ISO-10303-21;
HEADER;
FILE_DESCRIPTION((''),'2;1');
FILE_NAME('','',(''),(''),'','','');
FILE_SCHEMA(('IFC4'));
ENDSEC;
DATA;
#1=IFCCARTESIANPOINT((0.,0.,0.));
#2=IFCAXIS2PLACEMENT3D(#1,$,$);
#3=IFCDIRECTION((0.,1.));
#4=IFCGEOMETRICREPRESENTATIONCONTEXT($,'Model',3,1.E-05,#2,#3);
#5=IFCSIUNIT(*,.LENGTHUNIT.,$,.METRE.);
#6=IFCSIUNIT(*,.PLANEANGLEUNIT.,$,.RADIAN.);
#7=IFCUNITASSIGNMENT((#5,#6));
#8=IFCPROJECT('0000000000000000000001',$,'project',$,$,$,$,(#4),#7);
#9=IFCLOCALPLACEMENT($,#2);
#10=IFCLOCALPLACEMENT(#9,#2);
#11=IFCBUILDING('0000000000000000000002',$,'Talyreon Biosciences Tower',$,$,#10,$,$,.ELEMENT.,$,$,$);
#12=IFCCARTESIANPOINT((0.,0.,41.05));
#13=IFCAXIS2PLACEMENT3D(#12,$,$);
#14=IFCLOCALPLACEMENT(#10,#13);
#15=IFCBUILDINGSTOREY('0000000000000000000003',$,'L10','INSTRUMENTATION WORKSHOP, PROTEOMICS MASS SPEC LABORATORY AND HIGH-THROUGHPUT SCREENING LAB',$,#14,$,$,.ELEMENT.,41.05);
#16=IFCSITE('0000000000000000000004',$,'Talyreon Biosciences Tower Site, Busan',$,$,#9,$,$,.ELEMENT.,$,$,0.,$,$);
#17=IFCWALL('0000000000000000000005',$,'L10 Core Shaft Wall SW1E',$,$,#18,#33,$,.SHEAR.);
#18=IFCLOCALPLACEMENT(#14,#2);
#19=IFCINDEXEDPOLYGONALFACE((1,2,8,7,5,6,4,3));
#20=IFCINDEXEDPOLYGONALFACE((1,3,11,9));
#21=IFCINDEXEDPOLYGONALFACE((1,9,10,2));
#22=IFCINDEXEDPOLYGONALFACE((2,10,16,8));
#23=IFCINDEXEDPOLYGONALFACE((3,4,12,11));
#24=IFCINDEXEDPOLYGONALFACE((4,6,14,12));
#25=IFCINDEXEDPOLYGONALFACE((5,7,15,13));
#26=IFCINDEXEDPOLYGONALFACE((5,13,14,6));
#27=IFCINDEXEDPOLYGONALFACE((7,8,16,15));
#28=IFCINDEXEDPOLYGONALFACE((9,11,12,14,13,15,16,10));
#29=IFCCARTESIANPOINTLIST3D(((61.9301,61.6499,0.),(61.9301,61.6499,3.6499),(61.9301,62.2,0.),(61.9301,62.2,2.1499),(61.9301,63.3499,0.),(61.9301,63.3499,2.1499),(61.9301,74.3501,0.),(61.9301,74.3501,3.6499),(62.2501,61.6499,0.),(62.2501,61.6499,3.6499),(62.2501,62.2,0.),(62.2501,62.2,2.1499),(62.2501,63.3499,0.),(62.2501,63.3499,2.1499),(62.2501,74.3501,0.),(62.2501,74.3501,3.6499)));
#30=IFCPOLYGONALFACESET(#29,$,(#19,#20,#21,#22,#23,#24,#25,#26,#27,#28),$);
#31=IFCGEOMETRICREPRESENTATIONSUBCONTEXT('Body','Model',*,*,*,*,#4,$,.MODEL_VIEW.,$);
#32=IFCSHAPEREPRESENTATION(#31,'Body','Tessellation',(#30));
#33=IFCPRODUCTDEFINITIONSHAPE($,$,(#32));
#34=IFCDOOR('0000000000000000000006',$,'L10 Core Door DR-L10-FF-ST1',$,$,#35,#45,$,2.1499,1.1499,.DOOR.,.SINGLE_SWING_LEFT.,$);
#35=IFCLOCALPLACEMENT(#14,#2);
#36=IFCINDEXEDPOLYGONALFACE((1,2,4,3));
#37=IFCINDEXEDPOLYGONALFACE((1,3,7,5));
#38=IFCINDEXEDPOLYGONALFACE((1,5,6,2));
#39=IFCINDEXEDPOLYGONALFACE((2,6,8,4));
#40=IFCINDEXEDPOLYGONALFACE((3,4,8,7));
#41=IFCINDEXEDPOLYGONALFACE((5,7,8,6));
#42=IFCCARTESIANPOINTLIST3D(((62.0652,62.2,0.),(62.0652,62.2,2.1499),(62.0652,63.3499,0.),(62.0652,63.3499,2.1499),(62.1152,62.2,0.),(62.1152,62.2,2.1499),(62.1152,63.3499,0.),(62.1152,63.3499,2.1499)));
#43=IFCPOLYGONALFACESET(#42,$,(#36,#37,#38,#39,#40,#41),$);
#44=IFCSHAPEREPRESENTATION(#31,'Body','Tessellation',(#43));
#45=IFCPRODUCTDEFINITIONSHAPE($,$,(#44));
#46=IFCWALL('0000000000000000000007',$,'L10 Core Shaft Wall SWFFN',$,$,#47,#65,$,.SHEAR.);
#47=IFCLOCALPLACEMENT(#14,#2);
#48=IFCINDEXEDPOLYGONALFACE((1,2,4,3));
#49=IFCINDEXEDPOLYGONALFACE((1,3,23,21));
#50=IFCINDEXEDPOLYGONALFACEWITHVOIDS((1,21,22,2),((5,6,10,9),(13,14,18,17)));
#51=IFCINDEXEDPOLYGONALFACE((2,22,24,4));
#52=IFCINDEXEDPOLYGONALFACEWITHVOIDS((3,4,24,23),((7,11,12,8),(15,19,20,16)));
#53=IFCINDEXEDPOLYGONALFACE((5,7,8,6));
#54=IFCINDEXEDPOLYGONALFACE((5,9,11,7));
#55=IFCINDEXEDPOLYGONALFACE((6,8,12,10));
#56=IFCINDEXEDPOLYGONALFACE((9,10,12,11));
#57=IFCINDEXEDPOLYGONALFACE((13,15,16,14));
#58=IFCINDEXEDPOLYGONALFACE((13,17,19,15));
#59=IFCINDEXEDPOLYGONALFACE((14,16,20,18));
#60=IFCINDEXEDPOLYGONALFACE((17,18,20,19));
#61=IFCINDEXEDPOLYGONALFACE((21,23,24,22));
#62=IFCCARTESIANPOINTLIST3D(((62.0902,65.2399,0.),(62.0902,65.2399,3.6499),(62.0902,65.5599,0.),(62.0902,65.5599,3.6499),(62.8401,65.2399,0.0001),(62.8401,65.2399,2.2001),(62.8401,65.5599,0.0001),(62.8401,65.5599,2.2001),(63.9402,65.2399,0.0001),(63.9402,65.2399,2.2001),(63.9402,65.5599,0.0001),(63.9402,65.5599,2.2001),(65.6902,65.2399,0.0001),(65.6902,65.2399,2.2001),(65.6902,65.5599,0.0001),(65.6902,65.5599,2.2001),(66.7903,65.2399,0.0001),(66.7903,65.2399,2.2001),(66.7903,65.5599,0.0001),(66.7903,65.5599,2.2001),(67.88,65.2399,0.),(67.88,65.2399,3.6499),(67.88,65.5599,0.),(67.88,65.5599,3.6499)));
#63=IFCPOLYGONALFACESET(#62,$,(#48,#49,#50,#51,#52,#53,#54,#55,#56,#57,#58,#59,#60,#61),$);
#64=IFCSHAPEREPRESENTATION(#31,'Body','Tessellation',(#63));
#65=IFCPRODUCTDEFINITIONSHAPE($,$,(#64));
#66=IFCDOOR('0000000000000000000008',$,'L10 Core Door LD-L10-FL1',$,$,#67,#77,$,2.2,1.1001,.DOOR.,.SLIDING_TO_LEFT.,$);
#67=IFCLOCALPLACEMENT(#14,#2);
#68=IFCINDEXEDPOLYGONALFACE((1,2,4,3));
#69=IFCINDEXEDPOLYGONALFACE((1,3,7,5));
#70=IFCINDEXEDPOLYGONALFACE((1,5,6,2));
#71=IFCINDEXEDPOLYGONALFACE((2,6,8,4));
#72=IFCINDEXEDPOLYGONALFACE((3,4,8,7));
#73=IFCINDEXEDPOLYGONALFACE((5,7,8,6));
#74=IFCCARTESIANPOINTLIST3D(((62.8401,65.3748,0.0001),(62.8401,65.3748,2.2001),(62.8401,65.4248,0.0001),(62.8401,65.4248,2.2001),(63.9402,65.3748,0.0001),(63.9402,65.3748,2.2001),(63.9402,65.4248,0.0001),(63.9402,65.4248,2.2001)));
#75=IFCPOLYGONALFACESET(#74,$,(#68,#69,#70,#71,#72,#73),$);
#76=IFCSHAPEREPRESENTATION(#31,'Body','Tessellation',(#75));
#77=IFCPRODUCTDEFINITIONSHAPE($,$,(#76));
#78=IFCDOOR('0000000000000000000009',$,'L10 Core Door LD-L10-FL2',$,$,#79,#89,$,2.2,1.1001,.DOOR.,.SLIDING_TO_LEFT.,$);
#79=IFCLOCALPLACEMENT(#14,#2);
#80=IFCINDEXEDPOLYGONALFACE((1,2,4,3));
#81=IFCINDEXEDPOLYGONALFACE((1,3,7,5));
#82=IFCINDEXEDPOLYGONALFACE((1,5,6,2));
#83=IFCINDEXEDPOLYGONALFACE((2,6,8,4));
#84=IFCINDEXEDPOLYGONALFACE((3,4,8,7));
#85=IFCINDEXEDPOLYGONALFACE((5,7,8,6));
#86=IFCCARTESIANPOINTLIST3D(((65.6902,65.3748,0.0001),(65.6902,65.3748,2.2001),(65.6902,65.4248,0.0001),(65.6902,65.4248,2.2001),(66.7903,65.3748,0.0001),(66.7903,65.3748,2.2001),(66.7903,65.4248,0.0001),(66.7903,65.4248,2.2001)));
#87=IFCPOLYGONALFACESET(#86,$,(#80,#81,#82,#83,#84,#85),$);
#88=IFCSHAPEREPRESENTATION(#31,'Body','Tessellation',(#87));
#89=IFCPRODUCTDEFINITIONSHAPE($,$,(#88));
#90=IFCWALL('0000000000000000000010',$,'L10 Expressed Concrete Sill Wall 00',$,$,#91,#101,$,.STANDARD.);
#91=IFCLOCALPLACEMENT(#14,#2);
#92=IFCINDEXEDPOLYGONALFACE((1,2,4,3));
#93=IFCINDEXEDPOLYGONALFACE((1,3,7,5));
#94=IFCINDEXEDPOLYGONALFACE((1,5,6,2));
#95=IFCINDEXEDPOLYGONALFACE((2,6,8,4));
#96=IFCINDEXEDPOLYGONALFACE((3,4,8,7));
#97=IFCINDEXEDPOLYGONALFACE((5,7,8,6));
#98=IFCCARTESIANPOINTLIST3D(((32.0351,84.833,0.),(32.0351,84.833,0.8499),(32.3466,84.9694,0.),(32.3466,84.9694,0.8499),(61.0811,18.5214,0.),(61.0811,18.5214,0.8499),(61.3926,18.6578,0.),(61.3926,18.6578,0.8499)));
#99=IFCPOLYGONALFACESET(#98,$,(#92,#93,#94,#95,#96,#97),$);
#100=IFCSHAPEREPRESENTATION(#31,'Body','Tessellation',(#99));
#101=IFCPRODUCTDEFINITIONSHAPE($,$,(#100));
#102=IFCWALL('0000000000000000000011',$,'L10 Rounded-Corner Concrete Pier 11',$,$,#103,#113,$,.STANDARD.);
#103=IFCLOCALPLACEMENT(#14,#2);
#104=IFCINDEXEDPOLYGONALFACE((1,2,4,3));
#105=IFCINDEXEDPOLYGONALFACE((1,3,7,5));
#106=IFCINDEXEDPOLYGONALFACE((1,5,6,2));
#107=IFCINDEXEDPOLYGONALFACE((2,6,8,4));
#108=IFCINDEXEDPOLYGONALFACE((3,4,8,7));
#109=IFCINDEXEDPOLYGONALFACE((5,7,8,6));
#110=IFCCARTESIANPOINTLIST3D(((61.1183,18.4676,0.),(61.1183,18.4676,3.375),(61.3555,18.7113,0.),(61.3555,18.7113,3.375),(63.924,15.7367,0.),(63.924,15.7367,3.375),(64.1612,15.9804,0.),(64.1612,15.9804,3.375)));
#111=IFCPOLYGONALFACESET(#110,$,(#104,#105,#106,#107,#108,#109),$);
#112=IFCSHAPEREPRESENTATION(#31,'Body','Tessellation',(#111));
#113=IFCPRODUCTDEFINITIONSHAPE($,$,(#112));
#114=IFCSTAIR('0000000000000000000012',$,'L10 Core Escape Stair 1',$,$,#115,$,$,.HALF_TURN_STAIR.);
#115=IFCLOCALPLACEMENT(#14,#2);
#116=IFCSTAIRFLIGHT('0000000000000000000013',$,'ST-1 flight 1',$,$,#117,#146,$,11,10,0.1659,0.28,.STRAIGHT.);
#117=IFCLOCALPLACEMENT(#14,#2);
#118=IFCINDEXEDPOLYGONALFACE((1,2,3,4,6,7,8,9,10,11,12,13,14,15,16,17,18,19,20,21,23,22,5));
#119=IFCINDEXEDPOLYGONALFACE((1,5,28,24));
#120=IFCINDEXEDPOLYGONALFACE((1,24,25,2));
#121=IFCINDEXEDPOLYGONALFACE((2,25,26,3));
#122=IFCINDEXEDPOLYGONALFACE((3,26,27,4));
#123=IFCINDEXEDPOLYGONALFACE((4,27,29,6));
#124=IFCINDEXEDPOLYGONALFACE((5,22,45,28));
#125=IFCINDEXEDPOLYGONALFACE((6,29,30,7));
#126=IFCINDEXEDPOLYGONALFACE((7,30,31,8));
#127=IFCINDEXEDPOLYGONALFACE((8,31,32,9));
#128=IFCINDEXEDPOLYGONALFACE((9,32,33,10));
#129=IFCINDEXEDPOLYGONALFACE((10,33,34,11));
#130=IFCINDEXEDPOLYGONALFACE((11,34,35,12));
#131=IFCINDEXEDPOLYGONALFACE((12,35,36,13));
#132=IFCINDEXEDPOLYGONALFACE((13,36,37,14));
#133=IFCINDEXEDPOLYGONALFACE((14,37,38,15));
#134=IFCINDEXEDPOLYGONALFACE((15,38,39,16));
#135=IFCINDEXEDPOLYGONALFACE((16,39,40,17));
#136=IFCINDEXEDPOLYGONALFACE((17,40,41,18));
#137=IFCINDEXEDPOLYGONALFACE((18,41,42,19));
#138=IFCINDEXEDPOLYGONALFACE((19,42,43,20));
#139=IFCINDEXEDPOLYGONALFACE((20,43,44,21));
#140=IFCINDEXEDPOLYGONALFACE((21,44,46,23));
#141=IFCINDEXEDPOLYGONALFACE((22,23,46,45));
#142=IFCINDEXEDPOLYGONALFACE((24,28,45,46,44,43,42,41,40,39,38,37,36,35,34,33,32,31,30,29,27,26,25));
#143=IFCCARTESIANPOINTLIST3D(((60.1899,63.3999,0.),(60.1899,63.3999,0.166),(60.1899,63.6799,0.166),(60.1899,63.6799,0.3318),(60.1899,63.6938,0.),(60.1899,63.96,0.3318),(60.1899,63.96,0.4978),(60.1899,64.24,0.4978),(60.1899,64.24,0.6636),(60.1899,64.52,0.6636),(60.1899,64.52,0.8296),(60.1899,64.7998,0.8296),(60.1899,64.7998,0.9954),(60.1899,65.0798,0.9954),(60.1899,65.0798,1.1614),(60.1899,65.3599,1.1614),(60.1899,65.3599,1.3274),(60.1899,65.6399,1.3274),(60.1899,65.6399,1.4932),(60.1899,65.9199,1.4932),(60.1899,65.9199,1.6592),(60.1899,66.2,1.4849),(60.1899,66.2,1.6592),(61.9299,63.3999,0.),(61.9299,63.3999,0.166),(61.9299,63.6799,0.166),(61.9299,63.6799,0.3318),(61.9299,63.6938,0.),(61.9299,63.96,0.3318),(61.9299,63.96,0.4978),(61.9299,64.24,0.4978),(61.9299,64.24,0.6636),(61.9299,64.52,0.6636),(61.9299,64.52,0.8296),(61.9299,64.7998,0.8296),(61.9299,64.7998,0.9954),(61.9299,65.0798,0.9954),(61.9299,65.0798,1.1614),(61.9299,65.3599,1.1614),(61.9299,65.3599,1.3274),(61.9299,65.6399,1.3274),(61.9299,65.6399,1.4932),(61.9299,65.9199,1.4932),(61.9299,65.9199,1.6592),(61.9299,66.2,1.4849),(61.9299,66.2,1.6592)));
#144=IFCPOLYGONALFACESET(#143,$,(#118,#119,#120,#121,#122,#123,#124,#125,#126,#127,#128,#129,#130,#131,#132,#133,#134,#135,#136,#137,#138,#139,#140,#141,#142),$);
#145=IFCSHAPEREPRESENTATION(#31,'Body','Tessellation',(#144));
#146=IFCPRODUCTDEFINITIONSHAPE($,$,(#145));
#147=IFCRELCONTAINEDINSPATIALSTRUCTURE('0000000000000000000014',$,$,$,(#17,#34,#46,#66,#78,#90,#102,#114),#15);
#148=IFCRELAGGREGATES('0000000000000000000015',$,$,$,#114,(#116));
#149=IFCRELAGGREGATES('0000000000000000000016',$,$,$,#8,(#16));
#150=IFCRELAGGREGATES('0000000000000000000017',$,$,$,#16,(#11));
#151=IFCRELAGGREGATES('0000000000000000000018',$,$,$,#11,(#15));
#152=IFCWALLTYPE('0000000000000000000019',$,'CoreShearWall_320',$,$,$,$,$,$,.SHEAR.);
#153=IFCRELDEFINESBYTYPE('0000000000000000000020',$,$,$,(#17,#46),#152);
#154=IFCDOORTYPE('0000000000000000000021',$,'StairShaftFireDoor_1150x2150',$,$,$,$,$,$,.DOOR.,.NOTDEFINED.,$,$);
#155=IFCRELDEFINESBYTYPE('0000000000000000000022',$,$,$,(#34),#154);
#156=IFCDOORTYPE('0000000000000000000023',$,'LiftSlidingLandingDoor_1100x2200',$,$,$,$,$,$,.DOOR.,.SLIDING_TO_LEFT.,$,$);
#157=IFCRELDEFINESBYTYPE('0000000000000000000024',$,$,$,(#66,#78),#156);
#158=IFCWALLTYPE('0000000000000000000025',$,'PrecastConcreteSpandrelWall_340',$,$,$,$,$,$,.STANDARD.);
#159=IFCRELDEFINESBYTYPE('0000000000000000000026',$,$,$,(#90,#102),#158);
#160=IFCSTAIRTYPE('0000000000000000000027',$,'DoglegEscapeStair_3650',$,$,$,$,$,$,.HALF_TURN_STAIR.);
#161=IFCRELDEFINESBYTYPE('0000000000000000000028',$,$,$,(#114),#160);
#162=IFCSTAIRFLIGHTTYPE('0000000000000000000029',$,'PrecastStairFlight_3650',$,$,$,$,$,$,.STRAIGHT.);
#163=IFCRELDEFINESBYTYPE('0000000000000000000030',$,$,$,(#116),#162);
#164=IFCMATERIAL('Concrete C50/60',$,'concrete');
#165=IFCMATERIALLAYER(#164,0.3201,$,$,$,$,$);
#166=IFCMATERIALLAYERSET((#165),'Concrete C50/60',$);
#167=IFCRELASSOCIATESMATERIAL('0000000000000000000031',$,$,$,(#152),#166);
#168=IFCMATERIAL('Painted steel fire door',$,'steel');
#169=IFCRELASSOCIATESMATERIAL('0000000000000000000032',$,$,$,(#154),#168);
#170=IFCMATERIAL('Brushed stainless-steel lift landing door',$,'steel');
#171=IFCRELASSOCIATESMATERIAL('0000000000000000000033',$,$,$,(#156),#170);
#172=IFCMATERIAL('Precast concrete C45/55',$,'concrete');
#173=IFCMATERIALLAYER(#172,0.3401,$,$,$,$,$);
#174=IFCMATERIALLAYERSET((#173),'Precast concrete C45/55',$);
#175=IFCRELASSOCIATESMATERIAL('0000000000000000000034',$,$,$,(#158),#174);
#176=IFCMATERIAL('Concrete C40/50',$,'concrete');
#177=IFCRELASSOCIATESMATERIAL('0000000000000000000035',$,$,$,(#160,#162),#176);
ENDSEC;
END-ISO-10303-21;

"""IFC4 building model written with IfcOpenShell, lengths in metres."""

from ifc_helpers import new_model, si_unit, direction, frame, frame_2d, origin, place, context, subcontext, project, spatial, polyline, rectangle, outline, extrude, material, layer, layer_set, type_object, element, fill, aggregate, save


model = new_model("IFC4")

# Units and contexts
model_context = context("Model", 3, precision=1e-05, world=origin(), true_north=direction((0.0, 1.0)))
body_context = subcontext(model_context, "Body", "Model", "MODEL_VIEW")
ifc_project = project(units=[si_unit("LENGTHUNIT", "METRE"), si_unit("PLANEANGLEUNIT", "RADIAN")], contexts=[model_context])

# Site, building, storey
site_placement = place(None, origin())
site = spatial("IfcSite", under=ifc_project, at=site_placement, Name="Talyreon Biosciences Tower Site, Busan", CompositionType="ELEMENT", RefElevation=0.0)
building_placement = place(site_placement, origin())
building = spatial("IfcBuilding", under=site, at=building_placement, Name="Talyreon Biosciences Tower", CompositionType="ELEMENT")
storey_placement = place(building_placement, frame((0.0, 0.0, 41.05)))
storey = spatial("IfcBuildingStorey", under=building, at=storey_placement, Name="L10", Description="INSTRUMENTATION WORKSHOP, PROTEOMICS MASS SPEC LABORATORY AND HIGH-THROUGHPUT SCREENING LAB", CompositionType="ELEMENT", Elevation=41.05)

# Shared definitions
ifc_material_1 = material(Name="Precast concrete C45/55", Category="concrete")

# Wall, opening, door
ifc_material_2 = material(Name="Concrete C50/60", Category="concrete")
ifc_layer_1 = layer(ifc_material_2, 0.3201)
ifc_layer_set_1 = layer_set([ifc_layer_1], Name="Concrete C50/60")
wall_type_1 = type_object("IfcWallType", Name="CoreShearWall_320", PredefinedType="SHEAR", material=ifc_layer_set_1)
wall_1_placement = place(storey_placement, frame((62.0901, 61.6499, 0.0), z_axis=(0.0, 0.0, 1.0), x_axis=(0.0, 1.0, 0.0)))
wall_1 = element("IfcWall", 1, at=wall_1_placement, inside=storey, type_object=wall_type_1, Name="L10 Core Shaft Wall SW1E", PredefinedType="SHEAR", context=body_context, shape_type="SweptSolid", body=[
    extrude(rectangle(XDim=12.7002, YDim=0.3201, at=frame_2d((6.3501, 0.0))), origin(), (0.0, 0.0, 1.0), 3.6499),
])
opening_1_placement = place(wall_1_placement, frame((0.55, 0.0, 0.0)))
opening_1 = element("IfcOpeningElement", 2, at=opening_1_placement, cuts=wall_1, PredefinedType="OPENING", context=body_context, shape_type="SweptSolid", body=[
    extrude(rectangle(XDim=1.1499, YDim=2.1499, at=frame_2d((0.575, 1.075))), frame((0.0, 0.1699, 0.0), z_axis=(0.0, -1.0, 0.0), x_axis=(1.0, 0.0, 0.0)), (0.0, 0.0, 1.0), 0.3401),
])
ifc_material_3 = material(Name="Painted steel fire door", Category="steel")
door_type_1 = type_object("IfcDoorType", Name="StairShaftFireDoor_1150x2150", OperationType="NOTDEFINED", PredefinedType="DOOR", material=ifc_material_3)
door_1_placement = place(opening_1_placement, origin())
door_1 = element("IfcDoor", 3, at=door_1_placement, inside=storey, type_object=door_type_1, Name="L10 Core Door DR-L10-FF-ST1", OperationType="SINGLE_SWING_LEFT", OverallHeight=2.1499, OverallWidth=1.1499, PredefinedType="DOOR", context=body_context, shape_type="SweptSolid", body=[
    extrude(rectangle(XDim=1.1499, YDim=2.1499, at=frame_2d((0.575, 1.075))), frame((0.0, 0.0249, 0.0), z_axis=(0.0, -1.0, 0.0), x_axis=(1.0, 0.0, 0.0)), (0.0, 0.0, 1.0), 0.05),
])
fill(opening_1, door_1)

# Wall, openings, doors
wall_2_placement = place(storey_placement, frame((62.0901, 65.3999, 0.0), z_axis=(0.0, 0.0, 1.0), x_axis=(1.0, 0.0, 0.0)))
wall_2 = element("IfcWall", 4, at=wall_2_placement, inside=storey, type_object=wall_type_1, Name="L10 Core Shaft Wall SWFFN", PredefinedType="SHEAR", context=body_context, shape_type="SweptSolid", body=[
    extrude(rectangle(XDim=5.7898, YDim=0.3201, at=frame_2d((2.895, 0.0))), origin(), (0.0, 0.0, 1.0), 3.6499),
])
opening_2_placement = place(wall_2_placement, frame((0.75, 0.0, 0.0)))
opening_2 = element("IfcOpeningElement", 5, at=opening_2_placement, cuts=wall_2, PredefinedType="OPENING", context=body_context, shape_type="SweptSolid", body=[
    extrude(rectangle(XDim=1.1001, YDim=2.2, at=frame_2d((0.55, 1.1001))), frame((0.0, 0.1699, 0.0), z_axis=(0.0, -1.0, 0.0), x_axis=(1.0, 0.0, 0.0)), (0.0, 0.0, 1.0), 0.3401),
])
opening_3_placement = place(wall_2_placement, frame((3.6001, 0.0, 0.0)))
opening_3 = element("IfcOpeningElement", 6, at=opening_3_placement, cuts=wall_2, PredefinedType="OPENING", context=body_context, shape_type="SweptSolid", body=[
    extrude(rectangle(XDim=1.1001, YDim=2.2, at=frame_2d((0.55, 1.1001))), frame((0.0, 0.1699, 0.0), z_axis=(0.0, -1.0, 0.0), x_axis=(1.0, 0.0, 0.0)), (0.0, 0.0, 1.0), 0.3401),
])
ifc_material_4 = material(Name="Brushed stainless-steel lift landing door", Category="steel")
door_type_2 = type_object("IfcDoorType", Name="LiftSlidingLandingDoor_1100x2200", OperationType="SLIDING_TO_LEFT", PredefinedType="DOOR", material=ifc_material_4)
door_2_placement = place(opening_2_placement, origin())
door_2 = element("IfcDoor", 7, at=door_2_placement, inside=storey, type_object=door_type_2, Name="L10 Core Door LD-L10-FL1", OperationType="SLIDING_TO_LEFT", OverallHeight=2.2, OverallWidth=1.1001, PredefinedType="DOOR", context=body_context, shape_type="SweptSolid", body=[
    extrude(rectangle(XDim=1.1001, YDim=2.2, at=frame_2d((0.55, 1.1001))), frame((0.0, 0.0249, 0.0), z_axis=(0.0, -1.0, 0.0), x_axis=(1.0, 0.0, 0.0)), (0.0, 0.0, 1.0), 0.05),
])
fill(opening_2, door_2)
door_3_placement = place(opening_3_placement, origin())
door_3 = element("IfcDoor", 8, at=door_3_placement, inside=storey, type_object=door_type_2, Name="L10 Core Door LD-L10-FL2", OperationType="SLIDING_TO_LEFT", OverallHeight=2.2, OverallWidth=1.1001, PredefinedType="DOOR", context=body_context, shape_type="SweptSolid", body=[
    extrude(rectangle(XDim=1.1001, YDim=2.2, at=frame_2d((0.55, 1.1001))), frame((0.0, 0.0249, 0.0), z_axis=(0.0, -1.0, 0.0), x_axis=(1.0, 0.0, 0.0)), (0.0, 0.0, 1.0), 0.05),
])
fill(opening_3, door_3)

# Walls
ifc_layer_2 = layer(ifc_material_1, 0.3401)
ifc_layer_set_2 = layer_set([ifc_layer_2], Name="Precast concrete C45/55")
wall_type_2 = type_object("IfcWallType", Name="PrecastConcreteSpandrelWall_340", PredefinedType="STANDARD", material=ifc_layer_set_2)
wall_3_placement = place(storey_placement, frame((61.2368, 18.5896, 0.0), z_axis=(0.0, 0.0, 1.0), x_axis=(-0.40122, 0.915982, 0.0)))
element("IfcWall", 9, at=wall_3_placement, inside=storey, type_object=wall_type_2, Name="L10 Expressed Concrete Sill Wall 00", PredefinedType="STANDARD", context=body_context, shape_type="SweptSolid", body=[
    extrude(rectangle(XDim=72.394, YDim=0.3401, at=frame_2d((36.197, 0.0))), origin(), (0.0, 0.0, 1.0), 0.8499),
])
wall_4_placement = place(storey_placement, frame((64.0425, 15.8586, 0.0), z_axis=(0.0, 0.0, 1.0), x_axis=(-0.716583, 0.697502, 0.0)))
element("IfcWall", 10, at=wall_4_placement, inside=storey, type_object=wall_type_2, Name="L10 Rounded-Corner Concrete Pier 11", PredefinedType="STANDARD", context=body_context, shape_type="SweptSolid", body=[
    extrude(rectangle(XDim=3.9153, YDim=0.3401, at=frame_2d((1.9575, 0.0))), origin(), (0.0, 0.0, 1.0), 3.375),
])

# Stair, stair flight
ifc_material_5 = material(Name="Concrete C40/50", Category="concrete")
stair_type = type_object("IfcStairType", Name="DoglegEscapeStair_3650", PredefinedType="HALF_TURN_STAIR", material=ifc_material_5)
stair_placement = place(storey_placement, origin())
stair = element("IfcStair", 11, at=stair_placement, inside=storey, type_object=stair_type, Name="L10 Core Escape Stair 1", PredefinedType="HALF_TURN_STAIR")
stair_flight_type = type_object("IfcStairFlightType", Name="PrecastStairFlight_3650", PredefinedType="STRAIGHT", material=ifc_material_5)
stair_flight_placement = place(storey_placement, frame((61.0601, 63.3999, 0.0), z_axis=(0.0, 0.0, 1.0), x_axis=(0.0, 1.0, 0.0)))
stair_flight = element("IfcStairFlight", 12, at=stair_flight_placement, type_object=stair_flight_type, Name="ST-1 flight 1", NumberOfRisers=11, NumberOfTreads=10, PredefinedType="STRAIGHT", RiserHeight=0.1659, TreadLength=0.28, context=body_context, shape_type="SweptSolid", body=[
    extrude(outline(polyline([(0.0, 0.0), (0.0, 0.166), (0.28, 0.166), (0.28, 0.3318), (0.5601, 0.3318), (0.5601, 0.4978), (0.8401, 0.4978), (0.8401, 0.6636), (1.1201, 0.6636), (1.1201, 0.8296), (1.3999, 0.8296), (1.3999, 0.9954), (1.6799, 0.9954), (1.6799, 1.1614), (1.96, 1.1614), (1.96, 1.3274), (2.24, 1.3274), (2.24, 1.4932), (2.52, 1.4932), (2.52, 1.6592), (2.8, 1.6592), (2.8, 1.825), (2.8, 1.4849), (0.2939, 0.0), (0.0, 0.0)])), frame((0.0, 0.8701, 0.0), z_axis=(0.0, -1.0, 0.0), x_axis=(1.0, 0.0, 0.0)), (0.0, 0.0, 1.0), 1.74),
])
aggregate(stair, [stair_flight])

save(model, "model.ifc")
